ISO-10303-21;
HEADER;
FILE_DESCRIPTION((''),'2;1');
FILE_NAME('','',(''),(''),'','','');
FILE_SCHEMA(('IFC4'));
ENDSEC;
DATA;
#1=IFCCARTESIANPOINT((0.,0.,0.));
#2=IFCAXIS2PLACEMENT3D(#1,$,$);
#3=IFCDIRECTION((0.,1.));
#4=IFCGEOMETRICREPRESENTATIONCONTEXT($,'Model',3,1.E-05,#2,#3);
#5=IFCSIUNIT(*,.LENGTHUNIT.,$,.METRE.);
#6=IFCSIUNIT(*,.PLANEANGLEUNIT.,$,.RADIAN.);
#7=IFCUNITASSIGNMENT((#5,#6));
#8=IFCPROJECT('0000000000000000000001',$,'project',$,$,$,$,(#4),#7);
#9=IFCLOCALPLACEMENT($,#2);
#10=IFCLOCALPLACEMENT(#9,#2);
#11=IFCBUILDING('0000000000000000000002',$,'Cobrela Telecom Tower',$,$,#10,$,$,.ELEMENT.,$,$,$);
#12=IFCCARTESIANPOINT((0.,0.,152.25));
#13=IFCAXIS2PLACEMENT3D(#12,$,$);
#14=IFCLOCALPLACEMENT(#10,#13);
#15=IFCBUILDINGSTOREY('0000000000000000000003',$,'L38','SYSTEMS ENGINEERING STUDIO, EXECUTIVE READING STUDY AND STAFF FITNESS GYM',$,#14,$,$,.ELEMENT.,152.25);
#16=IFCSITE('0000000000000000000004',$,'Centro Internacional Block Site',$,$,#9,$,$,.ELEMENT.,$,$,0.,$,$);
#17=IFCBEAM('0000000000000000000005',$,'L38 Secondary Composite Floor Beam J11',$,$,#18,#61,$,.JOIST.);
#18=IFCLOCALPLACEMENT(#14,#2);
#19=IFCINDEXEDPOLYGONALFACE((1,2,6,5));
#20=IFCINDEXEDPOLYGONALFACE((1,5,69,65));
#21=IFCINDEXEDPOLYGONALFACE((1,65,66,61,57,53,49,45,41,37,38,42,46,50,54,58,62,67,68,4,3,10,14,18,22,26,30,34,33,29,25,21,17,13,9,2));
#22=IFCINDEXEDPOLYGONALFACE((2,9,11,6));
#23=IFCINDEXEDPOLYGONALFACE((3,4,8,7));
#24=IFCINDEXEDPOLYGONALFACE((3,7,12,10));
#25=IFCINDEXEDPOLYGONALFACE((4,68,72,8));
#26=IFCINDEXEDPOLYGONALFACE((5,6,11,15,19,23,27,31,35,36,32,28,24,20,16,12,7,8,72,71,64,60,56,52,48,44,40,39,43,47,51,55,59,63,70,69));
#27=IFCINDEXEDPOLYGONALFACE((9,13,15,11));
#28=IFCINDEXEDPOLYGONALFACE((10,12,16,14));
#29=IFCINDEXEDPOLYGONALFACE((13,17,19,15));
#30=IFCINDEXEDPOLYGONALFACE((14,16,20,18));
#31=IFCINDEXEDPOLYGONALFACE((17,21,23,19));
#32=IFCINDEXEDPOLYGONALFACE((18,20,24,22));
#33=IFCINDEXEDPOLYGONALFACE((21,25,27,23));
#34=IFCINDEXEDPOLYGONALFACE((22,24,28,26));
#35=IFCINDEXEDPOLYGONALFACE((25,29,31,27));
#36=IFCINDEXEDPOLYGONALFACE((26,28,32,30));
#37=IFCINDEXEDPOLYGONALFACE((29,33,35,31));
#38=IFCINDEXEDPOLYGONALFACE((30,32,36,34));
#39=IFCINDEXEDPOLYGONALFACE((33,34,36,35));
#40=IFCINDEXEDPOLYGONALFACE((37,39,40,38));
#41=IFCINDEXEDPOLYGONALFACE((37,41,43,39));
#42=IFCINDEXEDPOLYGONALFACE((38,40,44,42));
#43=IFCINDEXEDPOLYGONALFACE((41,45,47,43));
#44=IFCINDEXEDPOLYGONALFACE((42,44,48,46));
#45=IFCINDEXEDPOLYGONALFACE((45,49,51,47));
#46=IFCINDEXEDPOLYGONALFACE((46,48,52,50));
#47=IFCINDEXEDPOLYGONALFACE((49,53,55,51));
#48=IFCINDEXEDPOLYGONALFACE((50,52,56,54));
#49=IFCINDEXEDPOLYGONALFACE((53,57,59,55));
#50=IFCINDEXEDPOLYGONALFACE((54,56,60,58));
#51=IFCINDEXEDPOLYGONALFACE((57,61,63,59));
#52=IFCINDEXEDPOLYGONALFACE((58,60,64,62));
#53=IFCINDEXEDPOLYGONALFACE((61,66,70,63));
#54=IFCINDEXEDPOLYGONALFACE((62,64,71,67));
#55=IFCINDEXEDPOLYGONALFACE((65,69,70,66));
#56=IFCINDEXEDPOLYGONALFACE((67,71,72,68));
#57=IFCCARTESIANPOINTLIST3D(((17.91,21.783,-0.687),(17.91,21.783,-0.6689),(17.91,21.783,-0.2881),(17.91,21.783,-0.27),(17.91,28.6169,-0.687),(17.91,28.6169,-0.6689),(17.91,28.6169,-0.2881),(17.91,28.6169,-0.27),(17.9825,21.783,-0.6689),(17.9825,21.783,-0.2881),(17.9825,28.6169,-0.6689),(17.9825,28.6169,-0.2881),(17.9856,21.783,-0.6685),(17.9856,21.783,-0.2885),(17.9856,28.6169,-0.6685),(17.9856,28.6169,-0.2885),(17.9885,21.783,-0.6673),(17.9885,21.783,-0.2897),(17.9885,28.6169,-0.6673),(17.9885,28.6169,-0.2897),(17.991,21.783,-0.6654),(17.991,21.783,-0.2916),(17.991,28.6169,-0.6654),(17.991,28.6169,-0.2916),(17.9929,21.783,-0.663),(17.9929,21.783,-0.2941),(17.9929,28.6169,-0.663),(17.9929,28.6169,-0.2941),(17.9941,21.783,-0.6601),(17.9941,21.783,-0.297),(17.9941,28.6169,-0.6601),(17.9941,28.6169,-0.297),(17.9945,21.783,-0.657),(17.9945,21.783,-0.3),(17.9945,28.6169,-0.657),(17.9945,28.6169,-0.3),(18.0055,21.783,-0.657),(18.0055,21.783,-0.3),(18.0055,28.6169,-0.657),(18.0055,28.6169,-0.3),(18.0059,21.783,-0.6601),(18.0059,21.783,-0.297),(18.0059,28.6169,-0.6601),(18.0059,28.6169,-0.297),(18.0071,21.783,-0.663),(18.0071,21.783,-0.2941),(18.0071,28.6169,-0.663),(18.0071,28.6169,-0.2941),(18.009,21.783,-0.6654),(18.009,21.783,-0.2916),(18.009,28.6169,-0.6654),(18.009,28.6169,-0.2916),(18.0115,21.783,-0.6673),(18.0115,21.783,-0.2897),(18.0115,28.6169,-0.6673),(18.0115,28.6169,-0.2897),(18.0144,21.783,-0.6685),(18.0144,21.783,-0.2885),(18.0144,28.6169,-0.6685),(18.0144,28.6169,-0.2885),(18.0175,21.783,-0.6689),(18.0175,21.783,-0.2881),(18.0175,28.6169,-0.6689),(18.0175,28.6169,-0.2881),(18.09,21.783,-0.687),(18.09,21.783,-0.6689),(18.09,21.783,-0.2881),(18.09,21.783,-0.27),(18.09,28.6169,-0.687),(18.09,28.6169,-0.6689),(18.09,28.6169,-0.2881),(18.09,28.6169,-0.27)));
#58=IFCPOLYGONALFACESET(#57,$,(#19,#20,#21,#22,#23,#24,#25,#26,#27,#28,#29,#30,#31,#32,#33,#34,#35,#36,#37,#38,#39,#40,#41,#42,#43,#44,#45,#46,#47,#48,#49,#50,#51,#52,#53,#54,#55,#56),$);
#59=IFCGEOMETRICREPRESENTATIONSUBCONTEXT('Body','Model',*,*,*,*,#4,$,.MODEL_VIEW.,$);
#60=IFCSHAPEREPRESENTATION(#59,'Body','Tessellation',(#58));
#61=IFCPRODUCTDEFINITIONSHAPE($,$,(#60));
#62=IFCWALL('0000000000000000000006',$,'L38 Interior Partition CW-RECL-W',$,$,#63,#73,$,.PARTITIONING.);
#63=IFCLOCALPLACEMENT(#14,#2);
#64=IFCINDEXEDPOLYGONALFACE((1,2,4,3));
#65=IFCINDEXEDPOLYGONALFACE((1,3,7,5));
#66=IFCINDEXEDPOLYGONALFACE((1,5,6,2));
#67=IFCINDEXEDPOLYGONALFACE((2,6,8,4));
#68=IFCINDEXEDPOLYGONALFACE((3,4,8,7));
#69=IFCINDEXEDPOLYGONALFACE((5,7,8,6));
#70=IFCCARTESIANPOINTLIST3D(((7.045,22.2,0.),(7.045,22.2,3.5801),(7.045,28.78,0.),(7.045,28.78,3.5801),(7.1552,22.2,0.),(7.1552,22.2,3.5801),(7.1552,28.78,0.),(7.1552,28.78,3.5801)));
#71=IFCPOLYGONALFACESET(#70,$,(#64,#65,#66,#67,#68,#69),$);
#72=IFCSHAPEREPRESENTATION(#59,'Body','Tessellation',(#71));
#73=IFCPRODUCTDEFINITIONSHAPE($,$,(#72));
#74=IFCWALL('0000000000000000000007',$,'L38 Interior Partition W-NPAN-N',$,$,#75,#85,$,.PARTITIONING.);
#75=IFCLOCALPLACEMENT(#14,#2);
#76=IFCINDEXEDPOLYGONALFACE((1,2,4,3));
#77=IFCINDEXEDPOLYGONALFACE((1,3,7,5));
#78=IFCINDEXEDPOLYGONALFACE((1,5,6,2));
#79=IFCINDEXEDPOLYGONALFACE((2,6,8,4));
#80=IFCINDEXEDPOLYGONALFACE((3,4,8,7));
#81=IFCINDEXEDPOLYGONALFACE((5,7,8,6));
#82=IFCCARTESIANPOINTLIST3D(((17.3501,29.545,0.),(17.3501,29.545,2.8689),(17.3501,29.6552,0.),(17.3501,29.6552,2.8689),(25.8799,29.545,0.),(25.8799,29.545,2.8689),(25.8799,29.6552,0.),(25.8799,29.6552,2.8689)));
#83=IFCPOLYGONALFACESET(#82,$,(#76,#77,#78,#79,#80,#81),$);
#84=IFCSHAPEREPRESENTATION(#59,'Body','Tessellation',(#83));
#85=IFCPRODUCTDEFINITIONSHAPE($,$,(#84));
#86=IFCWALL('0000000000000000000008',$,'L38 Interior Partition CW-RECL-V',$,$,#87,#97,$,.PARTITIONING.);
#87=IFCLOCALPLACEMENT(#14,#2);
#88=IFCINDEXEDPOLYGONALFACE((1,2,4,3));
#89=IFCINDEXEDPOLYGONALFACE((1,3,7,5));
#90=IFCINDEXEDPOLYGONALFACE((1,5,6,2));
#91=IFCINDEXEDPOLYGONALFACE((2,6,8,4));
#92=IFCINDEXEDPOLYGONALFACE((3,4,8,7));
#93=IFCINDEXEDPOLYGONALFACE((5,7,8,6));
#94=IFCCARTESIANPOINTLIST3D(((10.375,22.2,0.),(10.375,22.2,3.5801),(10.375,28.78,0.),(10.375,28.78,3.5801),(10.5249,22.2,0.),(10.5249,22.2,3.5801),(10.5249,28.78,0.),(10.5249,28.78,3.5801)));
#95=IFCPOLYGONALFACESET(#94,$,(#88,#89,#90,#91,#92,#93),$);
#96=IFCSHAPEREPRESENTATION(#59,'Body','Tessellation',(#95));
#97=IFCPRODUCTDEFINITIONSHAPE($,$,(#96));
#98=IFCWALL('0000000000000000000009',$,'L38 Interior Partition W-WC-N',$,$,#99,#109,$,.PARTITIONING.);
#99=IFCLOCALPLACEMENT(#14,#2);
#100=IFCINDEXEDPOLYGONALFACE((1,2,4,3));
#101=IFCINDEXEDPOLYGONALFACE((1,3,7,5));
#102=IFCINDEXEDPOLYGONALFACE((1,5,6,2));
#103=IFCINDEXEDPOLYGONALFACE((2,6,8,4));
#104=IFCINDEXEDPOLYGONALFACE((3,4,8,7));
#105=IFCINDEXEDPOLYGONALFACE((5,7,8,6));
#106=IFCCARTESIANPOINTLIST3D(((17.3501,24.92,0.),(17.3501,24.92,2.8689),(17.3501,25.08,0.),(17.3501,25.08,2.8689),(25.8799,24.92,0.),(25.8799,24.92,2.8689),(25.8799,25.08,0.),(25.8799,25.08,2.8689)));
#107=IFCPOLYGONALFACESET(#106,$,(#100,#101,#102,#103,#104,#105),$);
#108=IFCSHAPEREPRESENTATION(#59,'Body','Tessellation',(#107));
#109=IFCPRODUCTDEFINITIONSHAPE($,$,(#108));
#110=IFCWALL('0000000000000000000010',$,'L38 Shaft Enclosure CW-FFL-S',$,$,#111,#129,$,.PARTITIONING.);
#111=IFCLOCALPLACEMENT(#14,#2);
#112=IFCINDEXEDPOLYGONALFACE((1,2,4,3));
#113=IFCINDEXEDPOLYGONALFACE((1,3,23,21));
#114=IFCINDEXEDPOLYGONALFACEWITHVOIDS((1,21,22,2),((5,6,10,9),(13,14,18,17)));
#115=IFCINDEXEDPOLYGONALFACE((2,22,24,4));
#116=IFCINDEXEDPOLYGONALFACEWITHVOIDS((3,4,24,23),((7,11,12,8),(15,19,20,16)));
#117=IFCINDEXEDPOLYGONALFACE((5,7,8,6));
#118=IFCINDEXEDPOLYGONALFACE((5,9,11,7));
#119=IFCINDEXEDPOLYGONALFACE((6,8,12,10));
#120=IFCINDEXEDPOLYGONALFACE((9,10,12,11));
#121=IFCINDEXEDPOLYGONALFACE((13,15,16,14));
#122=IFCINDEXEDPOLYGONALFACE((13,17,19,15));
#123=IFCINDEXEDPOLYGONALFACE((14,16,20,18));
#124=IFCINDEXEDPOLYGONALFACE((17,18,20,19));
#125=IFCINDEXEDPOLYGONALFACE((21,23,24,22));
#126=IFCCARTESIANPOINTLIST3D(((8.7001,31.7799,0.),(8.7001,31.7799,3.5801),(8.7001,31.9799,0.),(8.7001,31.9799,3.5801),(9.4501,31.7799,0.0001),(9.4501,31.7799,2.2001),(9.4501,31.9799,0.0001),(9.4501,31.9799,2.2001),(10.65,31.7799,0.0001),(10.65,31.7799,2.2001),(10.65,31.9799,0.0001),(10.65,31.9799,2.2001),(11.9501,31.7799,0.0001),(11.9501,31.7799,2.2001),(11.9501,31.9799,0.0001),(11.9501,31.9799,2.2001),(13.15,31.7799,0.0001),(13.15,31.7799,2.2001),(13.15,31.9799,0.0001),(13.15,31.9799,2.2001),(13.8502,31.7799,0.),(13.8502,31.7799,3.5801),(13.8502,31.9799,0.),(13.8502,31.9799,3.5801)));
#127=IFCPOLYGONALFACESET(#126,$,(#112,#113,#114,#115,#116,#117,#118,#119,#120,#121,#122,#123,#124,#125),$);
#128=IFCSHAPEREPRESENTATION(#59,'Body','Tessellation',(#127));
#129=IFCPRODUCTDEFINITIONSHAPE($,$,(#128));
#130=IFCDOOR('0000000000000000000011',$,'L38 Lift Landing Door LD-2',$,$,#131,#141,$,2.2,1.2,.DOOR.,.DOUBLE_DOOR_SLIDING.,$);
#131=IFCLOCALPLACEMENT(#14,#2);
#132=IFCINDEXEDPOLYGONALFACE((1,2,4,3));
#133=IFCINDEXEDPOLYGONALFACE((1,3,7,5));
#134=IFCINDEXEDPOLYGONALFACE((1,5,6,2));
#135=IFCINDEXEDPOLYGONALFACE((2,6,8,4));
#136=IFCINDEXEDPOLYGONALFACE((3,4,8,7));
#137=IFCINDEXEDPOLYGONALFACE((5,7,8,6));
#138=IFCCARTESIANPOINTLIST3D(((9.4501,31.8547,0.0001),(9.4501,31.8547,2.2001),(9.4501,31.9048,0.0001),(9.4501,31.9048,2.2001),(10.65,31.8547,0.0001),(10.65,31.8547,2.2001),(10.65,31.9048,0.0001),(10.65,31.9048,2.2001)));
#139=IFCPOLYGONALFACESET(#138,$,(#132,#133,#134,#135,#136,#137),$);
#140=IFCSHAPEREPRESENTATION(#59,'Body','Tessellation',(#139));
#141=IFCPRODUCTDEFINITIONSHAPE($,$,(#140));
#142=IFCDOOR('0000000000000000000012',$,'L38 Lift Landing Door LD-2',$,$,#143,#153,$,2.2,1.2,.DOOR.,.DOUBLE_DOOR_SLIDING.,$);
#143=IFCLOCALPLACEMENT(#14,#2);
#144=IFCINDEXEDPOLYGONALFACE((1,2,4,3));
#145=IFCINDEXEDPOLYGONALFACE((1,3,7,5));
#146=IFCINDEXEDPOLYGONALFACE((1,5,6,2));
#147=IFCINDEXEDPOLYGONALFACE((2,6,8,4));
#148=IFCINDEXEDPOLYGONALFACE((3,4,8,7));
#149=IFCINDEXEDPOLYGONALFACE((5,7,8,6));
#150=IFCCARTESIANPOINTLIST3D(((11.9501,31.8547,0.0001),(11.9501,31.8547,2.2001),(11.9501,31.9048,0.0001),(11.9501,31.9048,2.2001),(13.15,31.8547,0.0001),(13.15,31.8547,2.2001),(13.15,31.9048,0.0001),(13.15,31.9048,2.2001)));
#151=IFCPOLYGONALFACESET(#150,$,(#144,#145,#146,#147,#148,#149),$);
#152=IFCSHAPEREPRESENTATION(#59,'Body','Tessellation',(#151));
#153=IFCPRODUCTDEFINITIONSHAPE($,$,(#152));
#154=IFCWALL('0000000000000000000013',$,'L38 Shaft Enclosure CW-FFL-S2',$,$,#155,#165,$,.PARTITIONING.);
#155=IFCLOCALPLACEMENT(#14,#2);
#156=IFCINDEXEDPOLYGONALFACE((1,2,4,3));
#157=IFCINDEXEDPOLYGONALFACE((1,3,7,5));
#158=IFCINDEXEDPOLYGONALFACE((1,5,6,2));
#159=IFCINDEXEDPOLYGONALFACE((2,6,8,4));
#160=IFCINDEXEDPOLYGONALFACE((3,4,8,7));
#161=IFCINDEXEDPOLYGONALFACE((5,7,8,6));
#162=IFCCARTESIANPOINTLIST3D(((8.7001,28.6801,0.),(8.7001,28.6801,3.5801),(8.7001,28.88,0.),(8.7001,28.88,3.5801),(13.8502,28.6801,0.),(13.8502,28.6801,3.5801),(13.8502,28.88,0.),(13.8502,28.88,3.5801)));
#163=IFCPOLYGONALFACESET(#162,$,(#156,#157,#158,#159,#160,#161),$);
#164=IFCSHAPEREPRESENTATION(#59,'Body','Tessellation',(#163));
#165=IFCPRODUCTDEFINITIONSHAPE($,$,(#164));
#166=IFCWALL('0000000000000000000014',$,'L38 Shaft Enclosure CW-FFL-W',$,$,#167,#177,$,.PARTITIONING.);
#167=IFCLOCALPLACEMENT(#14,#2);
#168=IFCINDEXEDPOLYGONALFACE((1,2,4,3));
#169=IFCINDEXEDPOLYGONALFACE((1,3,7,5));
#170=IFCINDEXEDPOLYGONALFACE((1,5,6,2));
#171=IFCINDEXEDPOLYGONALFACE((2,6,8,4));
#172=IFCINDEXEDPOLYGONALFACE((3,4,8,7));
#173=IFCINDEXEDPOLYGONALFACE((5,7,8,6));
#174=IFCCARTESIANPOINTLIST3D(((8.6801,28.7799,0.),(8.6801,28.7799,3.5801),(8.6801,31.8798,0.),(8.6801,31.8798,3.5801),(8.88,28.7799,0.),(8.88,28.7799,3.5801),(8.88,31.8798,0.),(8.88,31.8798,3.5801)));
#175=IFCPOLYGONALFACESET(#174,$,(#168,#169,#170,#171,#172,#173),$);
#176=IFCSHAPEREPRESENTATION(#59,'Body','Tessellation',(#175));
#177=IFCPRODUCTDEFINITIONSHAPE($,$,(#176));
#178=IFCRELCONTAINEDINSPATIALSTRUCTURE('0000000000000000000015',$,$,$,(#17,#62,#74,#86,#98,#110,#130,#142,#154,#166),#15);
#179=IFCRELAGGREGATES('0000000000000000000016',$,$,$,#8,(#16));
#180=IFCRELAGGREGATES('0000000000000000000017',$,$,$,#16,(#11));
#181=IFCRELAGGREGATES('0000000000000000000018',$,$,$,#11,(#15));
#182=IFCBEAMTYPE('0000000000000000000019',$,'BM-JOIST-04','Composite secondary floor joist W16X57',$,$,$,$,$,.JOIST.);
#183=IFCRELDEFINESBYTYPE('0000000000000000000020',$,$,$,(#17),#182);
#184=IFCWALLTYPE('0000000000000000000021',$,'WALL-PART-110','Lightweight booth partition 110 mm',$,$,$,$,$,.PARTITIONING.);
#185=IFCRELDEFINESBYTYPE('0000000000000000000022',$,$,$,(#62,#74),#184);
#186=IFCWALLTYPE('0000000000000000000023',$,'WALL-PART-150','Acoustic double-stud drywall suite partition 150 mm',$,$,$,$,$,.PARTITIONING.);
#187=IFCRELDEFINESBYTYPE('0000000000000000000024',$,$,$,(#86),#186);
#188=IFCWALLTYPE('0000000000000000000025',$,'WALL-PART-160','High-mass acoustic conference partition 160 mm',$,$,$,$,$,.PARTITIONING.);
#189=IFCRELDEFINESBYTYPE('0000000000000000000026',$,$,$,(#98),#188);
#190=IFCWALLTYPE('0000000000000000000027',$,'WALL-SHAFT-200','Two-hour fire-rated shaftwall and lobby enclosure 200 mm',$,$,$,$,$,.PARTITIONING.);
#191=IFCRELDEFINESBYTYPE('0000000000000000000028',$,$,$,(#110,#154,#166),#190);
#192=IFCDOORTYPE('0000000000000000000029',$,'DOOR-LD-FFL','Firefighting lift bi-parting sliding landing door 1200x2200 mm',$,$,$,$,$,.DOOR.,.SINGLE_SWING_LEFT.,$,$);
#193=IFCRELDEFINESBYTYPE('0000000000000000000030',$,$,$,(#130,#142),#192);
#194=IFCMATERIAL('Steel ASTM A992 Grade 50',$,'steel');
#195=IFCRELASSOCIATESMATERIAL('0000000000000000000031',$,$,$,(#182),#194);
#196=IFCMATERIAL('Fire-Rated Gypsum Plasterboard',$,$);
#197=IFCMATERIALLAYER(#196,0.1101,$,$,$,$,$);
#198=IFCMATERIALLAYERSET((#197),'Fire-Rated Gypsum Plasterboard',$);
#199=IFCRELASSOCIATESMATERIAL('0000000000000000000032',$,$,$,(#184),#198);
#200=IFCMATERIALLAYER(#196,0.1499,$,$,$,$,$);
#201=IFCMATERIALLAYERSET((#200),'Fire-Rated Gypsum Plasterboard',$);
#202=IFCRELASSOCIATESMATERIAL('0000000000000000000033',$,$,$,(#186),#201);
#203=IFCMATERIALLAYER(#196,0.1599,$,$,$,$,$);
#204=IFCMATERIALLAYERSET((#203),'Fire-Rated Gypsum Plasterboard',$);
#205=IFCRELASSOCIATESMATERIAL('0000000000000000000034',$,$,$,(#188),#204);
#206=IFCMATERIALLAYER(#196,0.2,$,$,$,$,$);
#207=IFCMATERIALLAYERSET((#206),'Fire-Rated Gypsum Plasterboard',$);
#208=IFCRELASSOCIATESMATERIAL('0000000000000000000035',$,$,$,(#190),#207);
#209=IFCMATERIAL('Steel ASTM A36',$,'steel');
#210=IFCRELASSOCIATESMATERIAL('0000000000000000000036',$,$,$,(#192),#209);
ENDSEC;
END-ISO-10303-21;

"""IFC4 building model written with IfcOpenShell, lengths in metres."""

from ifc_helpers import new_model, si_unit, direction, frame, frame_2d, origin, origin_2d, place, context, subcontext, project, spatial, rectangle, i_section, extrude, material, layer, layer_set, material_profile, profile_set, type_object, element, fill, save


model = new_model("IFC4")

# Units and contexts
model_context = context("Model", 3, precision=1e-05, world=origin(), true_north=direction((0.0, 1.0)))
body_context = subcontext(model_context, "Body", "Model", "MODEL_VIEW")
ifc_project = project(units=[si_unit("LENGTHUNIT", "METRE"), si_unit("PLANEANGLEUNIT", "RADIAN")], contexts=[model_context])

# Site, building, storey
site_placement = place(None, origin())
site = spatial("IfcSite", under=ifc_project, at=site_placement, Name="Centro Internacional Block Site", CompositionType="ELEMENT", RefElevation=0.0)
building_placement = place(site_placement, origin())
building = spatial("IfcBuilding", under=site, at=building_placement, Name="Cobrela Telecom Tower", CompositionType="ELEMENT")
storey_placement = place(building_placement, frame((0.0, 0.0, 152.25)))
storey = spatial("IfcBuildingStorey", under=building, at=storey_placement, Name="L38", Description="SYSTEMS ENGINEERING STUDIO, EXECUTIVE READING STUDY AND STAFF FITNESS GYM", CompositionType="ELEMENT", Elevation=152.25)

# Beam
ifc_material_1 = material(Name="Steel ASTM A992 Grade 50", Category="steel")
ifc_material_profile_1 = material_profile(ifc_material_1, i_section(OverallWidth=0.1799, OverallDepth=0.417, WebThickness=0.011, FlangeThickness=0.0181, FilletRadius=0.012, at=origin_2d()), Name="W16X57")
ifc_profile_set_1 = profile_set([ifc_material_profile_1], Name="Steel ASTM A992 Grade 50")
beam_type_1 = type_object("IfcBeamType", Name="BM-JOIST-04", Description="Composite secondary floor joist W16X57", PredefinedType="JOIST", material=ifc_profile_set_1)
for number, where, z_axis, x_axis, name in (
    (1, (18.0, 21.783, -0.4785), (0.0, 1.0, 0.0), (-1.0, 0.0, 0.0), "L38 Secondary Composite Floor Beam J11"),
):
    element("IfcBeam", number, at=place(storey_placement, frame(where, z_axis=z_axis, x_axis=x_axis)), inside=storey, type_object=beam_type_1, Name=name, PredefinedType="JOIST", context=body_context, shape_type="SweptSolid", body=[
        extrude(i_section(OverallWidth=0.1799, OverallDepth=0.417, WebThickness=0.011, FlangeThickness=0.0181, FilletRadius=0.012, at=origin_2d()), origin(), (0.0, 0.0, 1.0), 6.834),
    ])

# Shared definitions
ifc_material_2 = material(Name="Steel ASTM A36", Category="steel")

# Walls
ifc_material_3 = material(Name="Fire-Rated Gypsum Plasterboard")
ifc_layer_1 = layer(ifc_material_3, 0.1101)
ifc_layer_set_1 = layer_set([ifc_layer_1], Name="Fire-Rated Gypsum Plasterboard")
wall_type_1 = type_object("IfcWallType", Name="WALL-PART-110", Description="Lightweight booth partition 110 mm", PredefinedType="PARTITIONING", material=ifc_layer_set_1)
wall_1_placement = place(storey_placement, frame((7.1001, 22.2, 0.0), z_axis=(0.0, 0.0, 1.0), x_axis=(0.0, 1.0, 0.0)))
element("IfcWall", 2, at=wall_1_placement, inside=storey, type_object=wall_type_1, Name="L38 Interior Partition CW-RECL-W", PredefinedType="PARTITIONING", context=body_context, shape_type="SweptSolid", body=[
    extrude(rectangle(XDim=6.5801, YDim=0.1101, at=frame_2d((3.29, 0.0))), origin(), (0.0, 0.0, 1.0), 3.5801),
])
wall_2_placement = place(storey_placement, frame((17.3501, 29.6001, 0.0), z_axis=(0.0, 0.0, 1.0), x_axis=(1.0, 0.0, 0.0)))
element("IfcWall", 3, at=wall_2_placement, inside=storey, type_object=wall_type_1, Name="L38 Interior Partition W-NPAN-N", PredefinedType="PARTITIONING", context=body_context, shape_type="SweptSolid", body=[
    extrude(rectangle(XDim=8.5298, YDim=0.1101, at=frame_2d((4.2649, 0.0))), origin(), (0.0, 0.0, 1.0), 2.8689),
])
ifc_layer_2 = layer(ifc_material_3, 0.1499)
ifc_layer_set_2 = layer_set([ifc_layer_2], Name="Fire-Rated Gypsum Plasterboard")
wall_type_2 = type_object("IfcWallType", Name="WALL-PART-150", Description="Acoustic double-stud drywall suite partition 150 mm", PredefinedType="PARTITIONING", material=ifc_layer_set_2)
wall_3_placement = place(storey_placement, frame((10.45, 22.2, 0.0), z_axis=(0.0, 0.0, 1.0), x_axis=(0.0, 1.0, 0.0)))
element("IfcWall", 4, at=wall_3_placement, inside=storey, type_object=wall_type_2, Name="L38 Interior Partition CW-RECL-V", PredefinedType="PARTITIONING", context=body_context, shape_type="SweptSolid", body=[
    extrude(rectangle(XDim=6.5801, YDim=0.1499, at=frame_2d((3.29, 0.0))), origin(), (0.0, 0.0, 1.0), 3.5801),
])

# Shared definitions
ifc_layer_3 = layer(ifc_material_3, 0.1599)
ifc_layer_set_3 = layer_set([ifc_layer_3], Name="Fire-Rated Gypsum Plasterboard")
wall_type_3 = type_object("IfcWallType", Name="WALL-PART-160", Description="High-mass acoustic conference partition 160 mm", PredefinedType="PARTITIONING", material=ifc_layer_set_3)

# Wall
wall_4_placement = place(storey_placement, frame((17.3501, 25.0, 0.0), z_axis=(0.0, 0.0, 1.0), x_axis=(1.0, 0.0, 0.0)))
element("IfcWall", 5, at=wall_4_placement, inside=storey, type_object=wall_type_3, Name="L38 Interior Partition W-WC-N", PredefinedType="PARTITIONING", context=body_context, shape_type="SweptSolid", body=[
    extrude(rectangle(XDim=8.5298, YDim=0.1599, at=frame_2d((4.2649, 0.0))), origin(), (0.0, 0.0, 1.0), 2.8689),
])

# Wall, openings, doors
ifc_layer_4 = layer(ifc_material_3, 0.2)
ifc_layer_set_4 = layer_set([ifc_layer_4], Name="Fire-Rated Gypsum Plasterboard")
wall_type_4 = type_object("IfcWallType", Name="WALL-SHAFT-200", Description="Two-hour fire-rated shaftwall and lobby enclosure 200 mm", PredefinedType="PARTITIONING", material=ifc_layer_set_4)
wall_5_placement = place(storey_placement, frame((8.7, 31.8799, 0.0), z_axis=(0.0, 0.0, 1.0), x_axis=(1.0, 0.0, 0.0)))
wall_5 = element("IfcWall", 6, at=wall_5_placement, inside=storey, type_object=wall_type_4, Name="L38 Shaft Enclosure CW-FFL-S", PredefinedType="PARTITIONING", context=body_context, shape_type="SweptSolid", body=[
    extrude(rectangle(XDim=5.1501, YDim=0.2, at=frame_2d((2.5752, 0.0))), origin(), (0.0, 0.0, 1.0), 3.5801),
])
opening_1_placement = place(wall_5_placement, frame((0.75, 0.0, 0.0)))
opening_1 = element("IfcOpeningElement", 7, at=opening_1_placement, cuts=wall_5, PredefinedType="OPENING", context=body_context, shape_type="SweptSolid", body=[
    extrude(rectangle(XDim=1.2, YDim=2.2, at=frame_2d((0.6001, 1.1001))), frame((0.0, 0.1118, 0.0), z_axis=(0.0, -1.0, 0.0), x_axis=(1.0, 0.0, 0.0)), (0.0, 0.0, 1.0), 0.2239),
])
opening_2_placement = place(wall_5_placement, frame((3.25, 0.0, 0.0)))
opening_2 = element("IfcOpeningElement", 8, at=opening_2_placement, cuts=wall_5, PredefinedType="OPENING", context=body_context, shape_type="SweptSolid", body=[
    extrude(rectangle(XDim=1.2, YDim=2.2, at=frame_2d((0.6001, 1.1001))), frame((0.0, 0.1118, 0.0), z_axis=(0.0, -1.0, 0.0), x_axis=(1.0, 0.0, 0.0)), (0.0, 0.0, 1.0), 0.2239),
])
door_type_1 = type_object("IfcDoorType", Name="DOOR-LD-FFL", Description="Firefighting lift bi-parting sliding landing door 1200x2200 mm", OperationType="SINGLE_SWING_LEFT", PredefinedType="DOOR", material=ifc_material_2)
door_1_placement = place(opening_1_placement, origin())
door_1 = element("IfcDoor", 9, at=door_1_placement, inside=storey, type_object=door_type_1, Name="L38 Lift Landing Door LD-2", OperationType="DOUBLE_DOOR_SLIDING", OverallHeight=2.2, OverallWidth=1.2, PredefinedType="DOOR", context=body_context, shape_type="SweptSolid", body=[
    extrude(rectangle(XDim=1.2, YDim=2.2, at=frame_2d((0.6001, 1.1001))), frame((0.0, 0.0249, 0.0), z_axis=(0.0, -1.0, 0.0), x_axis=(1.0, 0.0, 0.0)), (0.0, 0.0, 1.0), 0.05),
])
fill(opening_1, door_1)
door_2_placement = place(opening_2_placement, origin())
door_2 = element("IfcDoor", 10, at=door_2_placement, inside=storey, type_object=door_type_1, Name="L38 Lift Landing Door LD-2", OperationType="DOUBLE_DOOR_SLIDING", OverallHeight=2.2, OverallWidth=1.2, PredefinedType="DOOR", context=body_context, shape_type="SweptSolid", body=[
    extrude(rectangle(XDim=1.2, YDim=2.2, at=frame_2d((0.6001, 1.1001))), frame((0.0, 0.0249, 0.0), z_axis=(0.0, -1.0, 0.0), x_axis=(1.0, 0.0, 0.0)), (0.0, 0.0, 1.0), 0.05),
])
fill(opening_2, door_2)

# Walls
wall_6_placement = place(storey_placement, frame((8.7, 28.78, 0.0), z_axis=(0.0, 0.0, 1.0), x_axis=(1.0, 0.0, 0.0)))
element("IfcWall", 11, at=wall_6_placement, inside=storey, type_object=wall_type_4, Name="L38 Shaft Enclosure CW-FFL-S2", PredefinedType="PARTITIONING", context=body_context, shape_type="SweptSolid", body=[
    extrude(rectangle(XDim=5.1501, YDim=0.2, at=frame_2d((2.5752, 0.0))), origin(), (0.0, 0.0, 1.0), 3.5801),
])
for number, where, z_axis, x_axis, name in (
    (12, (8.78, 28.78, 0.0), (0.0, 0.0, 1.0), (0.0, 1.0, 0.0), "L38 Shaft Enclosure CW-FFL-W"),
):
    element("IfcWall", number, at=place(storey_placement, frame(where, z_axis=z_axis, x_axis=x_axis)), inside=storey, type_object=wall_type_4, Name=name, PredefinedType="PARTITIONING", context=body_context, shape_type="SweptSolid", body=[
        extrude(rectangle(XDim=3.0999, YDim=0.2, at=frame_2d((1.5498, 0.0))), origin(), (0.0, 0.0, 1.0), 3.5801),
    ])

save(model, "model.ifc")
